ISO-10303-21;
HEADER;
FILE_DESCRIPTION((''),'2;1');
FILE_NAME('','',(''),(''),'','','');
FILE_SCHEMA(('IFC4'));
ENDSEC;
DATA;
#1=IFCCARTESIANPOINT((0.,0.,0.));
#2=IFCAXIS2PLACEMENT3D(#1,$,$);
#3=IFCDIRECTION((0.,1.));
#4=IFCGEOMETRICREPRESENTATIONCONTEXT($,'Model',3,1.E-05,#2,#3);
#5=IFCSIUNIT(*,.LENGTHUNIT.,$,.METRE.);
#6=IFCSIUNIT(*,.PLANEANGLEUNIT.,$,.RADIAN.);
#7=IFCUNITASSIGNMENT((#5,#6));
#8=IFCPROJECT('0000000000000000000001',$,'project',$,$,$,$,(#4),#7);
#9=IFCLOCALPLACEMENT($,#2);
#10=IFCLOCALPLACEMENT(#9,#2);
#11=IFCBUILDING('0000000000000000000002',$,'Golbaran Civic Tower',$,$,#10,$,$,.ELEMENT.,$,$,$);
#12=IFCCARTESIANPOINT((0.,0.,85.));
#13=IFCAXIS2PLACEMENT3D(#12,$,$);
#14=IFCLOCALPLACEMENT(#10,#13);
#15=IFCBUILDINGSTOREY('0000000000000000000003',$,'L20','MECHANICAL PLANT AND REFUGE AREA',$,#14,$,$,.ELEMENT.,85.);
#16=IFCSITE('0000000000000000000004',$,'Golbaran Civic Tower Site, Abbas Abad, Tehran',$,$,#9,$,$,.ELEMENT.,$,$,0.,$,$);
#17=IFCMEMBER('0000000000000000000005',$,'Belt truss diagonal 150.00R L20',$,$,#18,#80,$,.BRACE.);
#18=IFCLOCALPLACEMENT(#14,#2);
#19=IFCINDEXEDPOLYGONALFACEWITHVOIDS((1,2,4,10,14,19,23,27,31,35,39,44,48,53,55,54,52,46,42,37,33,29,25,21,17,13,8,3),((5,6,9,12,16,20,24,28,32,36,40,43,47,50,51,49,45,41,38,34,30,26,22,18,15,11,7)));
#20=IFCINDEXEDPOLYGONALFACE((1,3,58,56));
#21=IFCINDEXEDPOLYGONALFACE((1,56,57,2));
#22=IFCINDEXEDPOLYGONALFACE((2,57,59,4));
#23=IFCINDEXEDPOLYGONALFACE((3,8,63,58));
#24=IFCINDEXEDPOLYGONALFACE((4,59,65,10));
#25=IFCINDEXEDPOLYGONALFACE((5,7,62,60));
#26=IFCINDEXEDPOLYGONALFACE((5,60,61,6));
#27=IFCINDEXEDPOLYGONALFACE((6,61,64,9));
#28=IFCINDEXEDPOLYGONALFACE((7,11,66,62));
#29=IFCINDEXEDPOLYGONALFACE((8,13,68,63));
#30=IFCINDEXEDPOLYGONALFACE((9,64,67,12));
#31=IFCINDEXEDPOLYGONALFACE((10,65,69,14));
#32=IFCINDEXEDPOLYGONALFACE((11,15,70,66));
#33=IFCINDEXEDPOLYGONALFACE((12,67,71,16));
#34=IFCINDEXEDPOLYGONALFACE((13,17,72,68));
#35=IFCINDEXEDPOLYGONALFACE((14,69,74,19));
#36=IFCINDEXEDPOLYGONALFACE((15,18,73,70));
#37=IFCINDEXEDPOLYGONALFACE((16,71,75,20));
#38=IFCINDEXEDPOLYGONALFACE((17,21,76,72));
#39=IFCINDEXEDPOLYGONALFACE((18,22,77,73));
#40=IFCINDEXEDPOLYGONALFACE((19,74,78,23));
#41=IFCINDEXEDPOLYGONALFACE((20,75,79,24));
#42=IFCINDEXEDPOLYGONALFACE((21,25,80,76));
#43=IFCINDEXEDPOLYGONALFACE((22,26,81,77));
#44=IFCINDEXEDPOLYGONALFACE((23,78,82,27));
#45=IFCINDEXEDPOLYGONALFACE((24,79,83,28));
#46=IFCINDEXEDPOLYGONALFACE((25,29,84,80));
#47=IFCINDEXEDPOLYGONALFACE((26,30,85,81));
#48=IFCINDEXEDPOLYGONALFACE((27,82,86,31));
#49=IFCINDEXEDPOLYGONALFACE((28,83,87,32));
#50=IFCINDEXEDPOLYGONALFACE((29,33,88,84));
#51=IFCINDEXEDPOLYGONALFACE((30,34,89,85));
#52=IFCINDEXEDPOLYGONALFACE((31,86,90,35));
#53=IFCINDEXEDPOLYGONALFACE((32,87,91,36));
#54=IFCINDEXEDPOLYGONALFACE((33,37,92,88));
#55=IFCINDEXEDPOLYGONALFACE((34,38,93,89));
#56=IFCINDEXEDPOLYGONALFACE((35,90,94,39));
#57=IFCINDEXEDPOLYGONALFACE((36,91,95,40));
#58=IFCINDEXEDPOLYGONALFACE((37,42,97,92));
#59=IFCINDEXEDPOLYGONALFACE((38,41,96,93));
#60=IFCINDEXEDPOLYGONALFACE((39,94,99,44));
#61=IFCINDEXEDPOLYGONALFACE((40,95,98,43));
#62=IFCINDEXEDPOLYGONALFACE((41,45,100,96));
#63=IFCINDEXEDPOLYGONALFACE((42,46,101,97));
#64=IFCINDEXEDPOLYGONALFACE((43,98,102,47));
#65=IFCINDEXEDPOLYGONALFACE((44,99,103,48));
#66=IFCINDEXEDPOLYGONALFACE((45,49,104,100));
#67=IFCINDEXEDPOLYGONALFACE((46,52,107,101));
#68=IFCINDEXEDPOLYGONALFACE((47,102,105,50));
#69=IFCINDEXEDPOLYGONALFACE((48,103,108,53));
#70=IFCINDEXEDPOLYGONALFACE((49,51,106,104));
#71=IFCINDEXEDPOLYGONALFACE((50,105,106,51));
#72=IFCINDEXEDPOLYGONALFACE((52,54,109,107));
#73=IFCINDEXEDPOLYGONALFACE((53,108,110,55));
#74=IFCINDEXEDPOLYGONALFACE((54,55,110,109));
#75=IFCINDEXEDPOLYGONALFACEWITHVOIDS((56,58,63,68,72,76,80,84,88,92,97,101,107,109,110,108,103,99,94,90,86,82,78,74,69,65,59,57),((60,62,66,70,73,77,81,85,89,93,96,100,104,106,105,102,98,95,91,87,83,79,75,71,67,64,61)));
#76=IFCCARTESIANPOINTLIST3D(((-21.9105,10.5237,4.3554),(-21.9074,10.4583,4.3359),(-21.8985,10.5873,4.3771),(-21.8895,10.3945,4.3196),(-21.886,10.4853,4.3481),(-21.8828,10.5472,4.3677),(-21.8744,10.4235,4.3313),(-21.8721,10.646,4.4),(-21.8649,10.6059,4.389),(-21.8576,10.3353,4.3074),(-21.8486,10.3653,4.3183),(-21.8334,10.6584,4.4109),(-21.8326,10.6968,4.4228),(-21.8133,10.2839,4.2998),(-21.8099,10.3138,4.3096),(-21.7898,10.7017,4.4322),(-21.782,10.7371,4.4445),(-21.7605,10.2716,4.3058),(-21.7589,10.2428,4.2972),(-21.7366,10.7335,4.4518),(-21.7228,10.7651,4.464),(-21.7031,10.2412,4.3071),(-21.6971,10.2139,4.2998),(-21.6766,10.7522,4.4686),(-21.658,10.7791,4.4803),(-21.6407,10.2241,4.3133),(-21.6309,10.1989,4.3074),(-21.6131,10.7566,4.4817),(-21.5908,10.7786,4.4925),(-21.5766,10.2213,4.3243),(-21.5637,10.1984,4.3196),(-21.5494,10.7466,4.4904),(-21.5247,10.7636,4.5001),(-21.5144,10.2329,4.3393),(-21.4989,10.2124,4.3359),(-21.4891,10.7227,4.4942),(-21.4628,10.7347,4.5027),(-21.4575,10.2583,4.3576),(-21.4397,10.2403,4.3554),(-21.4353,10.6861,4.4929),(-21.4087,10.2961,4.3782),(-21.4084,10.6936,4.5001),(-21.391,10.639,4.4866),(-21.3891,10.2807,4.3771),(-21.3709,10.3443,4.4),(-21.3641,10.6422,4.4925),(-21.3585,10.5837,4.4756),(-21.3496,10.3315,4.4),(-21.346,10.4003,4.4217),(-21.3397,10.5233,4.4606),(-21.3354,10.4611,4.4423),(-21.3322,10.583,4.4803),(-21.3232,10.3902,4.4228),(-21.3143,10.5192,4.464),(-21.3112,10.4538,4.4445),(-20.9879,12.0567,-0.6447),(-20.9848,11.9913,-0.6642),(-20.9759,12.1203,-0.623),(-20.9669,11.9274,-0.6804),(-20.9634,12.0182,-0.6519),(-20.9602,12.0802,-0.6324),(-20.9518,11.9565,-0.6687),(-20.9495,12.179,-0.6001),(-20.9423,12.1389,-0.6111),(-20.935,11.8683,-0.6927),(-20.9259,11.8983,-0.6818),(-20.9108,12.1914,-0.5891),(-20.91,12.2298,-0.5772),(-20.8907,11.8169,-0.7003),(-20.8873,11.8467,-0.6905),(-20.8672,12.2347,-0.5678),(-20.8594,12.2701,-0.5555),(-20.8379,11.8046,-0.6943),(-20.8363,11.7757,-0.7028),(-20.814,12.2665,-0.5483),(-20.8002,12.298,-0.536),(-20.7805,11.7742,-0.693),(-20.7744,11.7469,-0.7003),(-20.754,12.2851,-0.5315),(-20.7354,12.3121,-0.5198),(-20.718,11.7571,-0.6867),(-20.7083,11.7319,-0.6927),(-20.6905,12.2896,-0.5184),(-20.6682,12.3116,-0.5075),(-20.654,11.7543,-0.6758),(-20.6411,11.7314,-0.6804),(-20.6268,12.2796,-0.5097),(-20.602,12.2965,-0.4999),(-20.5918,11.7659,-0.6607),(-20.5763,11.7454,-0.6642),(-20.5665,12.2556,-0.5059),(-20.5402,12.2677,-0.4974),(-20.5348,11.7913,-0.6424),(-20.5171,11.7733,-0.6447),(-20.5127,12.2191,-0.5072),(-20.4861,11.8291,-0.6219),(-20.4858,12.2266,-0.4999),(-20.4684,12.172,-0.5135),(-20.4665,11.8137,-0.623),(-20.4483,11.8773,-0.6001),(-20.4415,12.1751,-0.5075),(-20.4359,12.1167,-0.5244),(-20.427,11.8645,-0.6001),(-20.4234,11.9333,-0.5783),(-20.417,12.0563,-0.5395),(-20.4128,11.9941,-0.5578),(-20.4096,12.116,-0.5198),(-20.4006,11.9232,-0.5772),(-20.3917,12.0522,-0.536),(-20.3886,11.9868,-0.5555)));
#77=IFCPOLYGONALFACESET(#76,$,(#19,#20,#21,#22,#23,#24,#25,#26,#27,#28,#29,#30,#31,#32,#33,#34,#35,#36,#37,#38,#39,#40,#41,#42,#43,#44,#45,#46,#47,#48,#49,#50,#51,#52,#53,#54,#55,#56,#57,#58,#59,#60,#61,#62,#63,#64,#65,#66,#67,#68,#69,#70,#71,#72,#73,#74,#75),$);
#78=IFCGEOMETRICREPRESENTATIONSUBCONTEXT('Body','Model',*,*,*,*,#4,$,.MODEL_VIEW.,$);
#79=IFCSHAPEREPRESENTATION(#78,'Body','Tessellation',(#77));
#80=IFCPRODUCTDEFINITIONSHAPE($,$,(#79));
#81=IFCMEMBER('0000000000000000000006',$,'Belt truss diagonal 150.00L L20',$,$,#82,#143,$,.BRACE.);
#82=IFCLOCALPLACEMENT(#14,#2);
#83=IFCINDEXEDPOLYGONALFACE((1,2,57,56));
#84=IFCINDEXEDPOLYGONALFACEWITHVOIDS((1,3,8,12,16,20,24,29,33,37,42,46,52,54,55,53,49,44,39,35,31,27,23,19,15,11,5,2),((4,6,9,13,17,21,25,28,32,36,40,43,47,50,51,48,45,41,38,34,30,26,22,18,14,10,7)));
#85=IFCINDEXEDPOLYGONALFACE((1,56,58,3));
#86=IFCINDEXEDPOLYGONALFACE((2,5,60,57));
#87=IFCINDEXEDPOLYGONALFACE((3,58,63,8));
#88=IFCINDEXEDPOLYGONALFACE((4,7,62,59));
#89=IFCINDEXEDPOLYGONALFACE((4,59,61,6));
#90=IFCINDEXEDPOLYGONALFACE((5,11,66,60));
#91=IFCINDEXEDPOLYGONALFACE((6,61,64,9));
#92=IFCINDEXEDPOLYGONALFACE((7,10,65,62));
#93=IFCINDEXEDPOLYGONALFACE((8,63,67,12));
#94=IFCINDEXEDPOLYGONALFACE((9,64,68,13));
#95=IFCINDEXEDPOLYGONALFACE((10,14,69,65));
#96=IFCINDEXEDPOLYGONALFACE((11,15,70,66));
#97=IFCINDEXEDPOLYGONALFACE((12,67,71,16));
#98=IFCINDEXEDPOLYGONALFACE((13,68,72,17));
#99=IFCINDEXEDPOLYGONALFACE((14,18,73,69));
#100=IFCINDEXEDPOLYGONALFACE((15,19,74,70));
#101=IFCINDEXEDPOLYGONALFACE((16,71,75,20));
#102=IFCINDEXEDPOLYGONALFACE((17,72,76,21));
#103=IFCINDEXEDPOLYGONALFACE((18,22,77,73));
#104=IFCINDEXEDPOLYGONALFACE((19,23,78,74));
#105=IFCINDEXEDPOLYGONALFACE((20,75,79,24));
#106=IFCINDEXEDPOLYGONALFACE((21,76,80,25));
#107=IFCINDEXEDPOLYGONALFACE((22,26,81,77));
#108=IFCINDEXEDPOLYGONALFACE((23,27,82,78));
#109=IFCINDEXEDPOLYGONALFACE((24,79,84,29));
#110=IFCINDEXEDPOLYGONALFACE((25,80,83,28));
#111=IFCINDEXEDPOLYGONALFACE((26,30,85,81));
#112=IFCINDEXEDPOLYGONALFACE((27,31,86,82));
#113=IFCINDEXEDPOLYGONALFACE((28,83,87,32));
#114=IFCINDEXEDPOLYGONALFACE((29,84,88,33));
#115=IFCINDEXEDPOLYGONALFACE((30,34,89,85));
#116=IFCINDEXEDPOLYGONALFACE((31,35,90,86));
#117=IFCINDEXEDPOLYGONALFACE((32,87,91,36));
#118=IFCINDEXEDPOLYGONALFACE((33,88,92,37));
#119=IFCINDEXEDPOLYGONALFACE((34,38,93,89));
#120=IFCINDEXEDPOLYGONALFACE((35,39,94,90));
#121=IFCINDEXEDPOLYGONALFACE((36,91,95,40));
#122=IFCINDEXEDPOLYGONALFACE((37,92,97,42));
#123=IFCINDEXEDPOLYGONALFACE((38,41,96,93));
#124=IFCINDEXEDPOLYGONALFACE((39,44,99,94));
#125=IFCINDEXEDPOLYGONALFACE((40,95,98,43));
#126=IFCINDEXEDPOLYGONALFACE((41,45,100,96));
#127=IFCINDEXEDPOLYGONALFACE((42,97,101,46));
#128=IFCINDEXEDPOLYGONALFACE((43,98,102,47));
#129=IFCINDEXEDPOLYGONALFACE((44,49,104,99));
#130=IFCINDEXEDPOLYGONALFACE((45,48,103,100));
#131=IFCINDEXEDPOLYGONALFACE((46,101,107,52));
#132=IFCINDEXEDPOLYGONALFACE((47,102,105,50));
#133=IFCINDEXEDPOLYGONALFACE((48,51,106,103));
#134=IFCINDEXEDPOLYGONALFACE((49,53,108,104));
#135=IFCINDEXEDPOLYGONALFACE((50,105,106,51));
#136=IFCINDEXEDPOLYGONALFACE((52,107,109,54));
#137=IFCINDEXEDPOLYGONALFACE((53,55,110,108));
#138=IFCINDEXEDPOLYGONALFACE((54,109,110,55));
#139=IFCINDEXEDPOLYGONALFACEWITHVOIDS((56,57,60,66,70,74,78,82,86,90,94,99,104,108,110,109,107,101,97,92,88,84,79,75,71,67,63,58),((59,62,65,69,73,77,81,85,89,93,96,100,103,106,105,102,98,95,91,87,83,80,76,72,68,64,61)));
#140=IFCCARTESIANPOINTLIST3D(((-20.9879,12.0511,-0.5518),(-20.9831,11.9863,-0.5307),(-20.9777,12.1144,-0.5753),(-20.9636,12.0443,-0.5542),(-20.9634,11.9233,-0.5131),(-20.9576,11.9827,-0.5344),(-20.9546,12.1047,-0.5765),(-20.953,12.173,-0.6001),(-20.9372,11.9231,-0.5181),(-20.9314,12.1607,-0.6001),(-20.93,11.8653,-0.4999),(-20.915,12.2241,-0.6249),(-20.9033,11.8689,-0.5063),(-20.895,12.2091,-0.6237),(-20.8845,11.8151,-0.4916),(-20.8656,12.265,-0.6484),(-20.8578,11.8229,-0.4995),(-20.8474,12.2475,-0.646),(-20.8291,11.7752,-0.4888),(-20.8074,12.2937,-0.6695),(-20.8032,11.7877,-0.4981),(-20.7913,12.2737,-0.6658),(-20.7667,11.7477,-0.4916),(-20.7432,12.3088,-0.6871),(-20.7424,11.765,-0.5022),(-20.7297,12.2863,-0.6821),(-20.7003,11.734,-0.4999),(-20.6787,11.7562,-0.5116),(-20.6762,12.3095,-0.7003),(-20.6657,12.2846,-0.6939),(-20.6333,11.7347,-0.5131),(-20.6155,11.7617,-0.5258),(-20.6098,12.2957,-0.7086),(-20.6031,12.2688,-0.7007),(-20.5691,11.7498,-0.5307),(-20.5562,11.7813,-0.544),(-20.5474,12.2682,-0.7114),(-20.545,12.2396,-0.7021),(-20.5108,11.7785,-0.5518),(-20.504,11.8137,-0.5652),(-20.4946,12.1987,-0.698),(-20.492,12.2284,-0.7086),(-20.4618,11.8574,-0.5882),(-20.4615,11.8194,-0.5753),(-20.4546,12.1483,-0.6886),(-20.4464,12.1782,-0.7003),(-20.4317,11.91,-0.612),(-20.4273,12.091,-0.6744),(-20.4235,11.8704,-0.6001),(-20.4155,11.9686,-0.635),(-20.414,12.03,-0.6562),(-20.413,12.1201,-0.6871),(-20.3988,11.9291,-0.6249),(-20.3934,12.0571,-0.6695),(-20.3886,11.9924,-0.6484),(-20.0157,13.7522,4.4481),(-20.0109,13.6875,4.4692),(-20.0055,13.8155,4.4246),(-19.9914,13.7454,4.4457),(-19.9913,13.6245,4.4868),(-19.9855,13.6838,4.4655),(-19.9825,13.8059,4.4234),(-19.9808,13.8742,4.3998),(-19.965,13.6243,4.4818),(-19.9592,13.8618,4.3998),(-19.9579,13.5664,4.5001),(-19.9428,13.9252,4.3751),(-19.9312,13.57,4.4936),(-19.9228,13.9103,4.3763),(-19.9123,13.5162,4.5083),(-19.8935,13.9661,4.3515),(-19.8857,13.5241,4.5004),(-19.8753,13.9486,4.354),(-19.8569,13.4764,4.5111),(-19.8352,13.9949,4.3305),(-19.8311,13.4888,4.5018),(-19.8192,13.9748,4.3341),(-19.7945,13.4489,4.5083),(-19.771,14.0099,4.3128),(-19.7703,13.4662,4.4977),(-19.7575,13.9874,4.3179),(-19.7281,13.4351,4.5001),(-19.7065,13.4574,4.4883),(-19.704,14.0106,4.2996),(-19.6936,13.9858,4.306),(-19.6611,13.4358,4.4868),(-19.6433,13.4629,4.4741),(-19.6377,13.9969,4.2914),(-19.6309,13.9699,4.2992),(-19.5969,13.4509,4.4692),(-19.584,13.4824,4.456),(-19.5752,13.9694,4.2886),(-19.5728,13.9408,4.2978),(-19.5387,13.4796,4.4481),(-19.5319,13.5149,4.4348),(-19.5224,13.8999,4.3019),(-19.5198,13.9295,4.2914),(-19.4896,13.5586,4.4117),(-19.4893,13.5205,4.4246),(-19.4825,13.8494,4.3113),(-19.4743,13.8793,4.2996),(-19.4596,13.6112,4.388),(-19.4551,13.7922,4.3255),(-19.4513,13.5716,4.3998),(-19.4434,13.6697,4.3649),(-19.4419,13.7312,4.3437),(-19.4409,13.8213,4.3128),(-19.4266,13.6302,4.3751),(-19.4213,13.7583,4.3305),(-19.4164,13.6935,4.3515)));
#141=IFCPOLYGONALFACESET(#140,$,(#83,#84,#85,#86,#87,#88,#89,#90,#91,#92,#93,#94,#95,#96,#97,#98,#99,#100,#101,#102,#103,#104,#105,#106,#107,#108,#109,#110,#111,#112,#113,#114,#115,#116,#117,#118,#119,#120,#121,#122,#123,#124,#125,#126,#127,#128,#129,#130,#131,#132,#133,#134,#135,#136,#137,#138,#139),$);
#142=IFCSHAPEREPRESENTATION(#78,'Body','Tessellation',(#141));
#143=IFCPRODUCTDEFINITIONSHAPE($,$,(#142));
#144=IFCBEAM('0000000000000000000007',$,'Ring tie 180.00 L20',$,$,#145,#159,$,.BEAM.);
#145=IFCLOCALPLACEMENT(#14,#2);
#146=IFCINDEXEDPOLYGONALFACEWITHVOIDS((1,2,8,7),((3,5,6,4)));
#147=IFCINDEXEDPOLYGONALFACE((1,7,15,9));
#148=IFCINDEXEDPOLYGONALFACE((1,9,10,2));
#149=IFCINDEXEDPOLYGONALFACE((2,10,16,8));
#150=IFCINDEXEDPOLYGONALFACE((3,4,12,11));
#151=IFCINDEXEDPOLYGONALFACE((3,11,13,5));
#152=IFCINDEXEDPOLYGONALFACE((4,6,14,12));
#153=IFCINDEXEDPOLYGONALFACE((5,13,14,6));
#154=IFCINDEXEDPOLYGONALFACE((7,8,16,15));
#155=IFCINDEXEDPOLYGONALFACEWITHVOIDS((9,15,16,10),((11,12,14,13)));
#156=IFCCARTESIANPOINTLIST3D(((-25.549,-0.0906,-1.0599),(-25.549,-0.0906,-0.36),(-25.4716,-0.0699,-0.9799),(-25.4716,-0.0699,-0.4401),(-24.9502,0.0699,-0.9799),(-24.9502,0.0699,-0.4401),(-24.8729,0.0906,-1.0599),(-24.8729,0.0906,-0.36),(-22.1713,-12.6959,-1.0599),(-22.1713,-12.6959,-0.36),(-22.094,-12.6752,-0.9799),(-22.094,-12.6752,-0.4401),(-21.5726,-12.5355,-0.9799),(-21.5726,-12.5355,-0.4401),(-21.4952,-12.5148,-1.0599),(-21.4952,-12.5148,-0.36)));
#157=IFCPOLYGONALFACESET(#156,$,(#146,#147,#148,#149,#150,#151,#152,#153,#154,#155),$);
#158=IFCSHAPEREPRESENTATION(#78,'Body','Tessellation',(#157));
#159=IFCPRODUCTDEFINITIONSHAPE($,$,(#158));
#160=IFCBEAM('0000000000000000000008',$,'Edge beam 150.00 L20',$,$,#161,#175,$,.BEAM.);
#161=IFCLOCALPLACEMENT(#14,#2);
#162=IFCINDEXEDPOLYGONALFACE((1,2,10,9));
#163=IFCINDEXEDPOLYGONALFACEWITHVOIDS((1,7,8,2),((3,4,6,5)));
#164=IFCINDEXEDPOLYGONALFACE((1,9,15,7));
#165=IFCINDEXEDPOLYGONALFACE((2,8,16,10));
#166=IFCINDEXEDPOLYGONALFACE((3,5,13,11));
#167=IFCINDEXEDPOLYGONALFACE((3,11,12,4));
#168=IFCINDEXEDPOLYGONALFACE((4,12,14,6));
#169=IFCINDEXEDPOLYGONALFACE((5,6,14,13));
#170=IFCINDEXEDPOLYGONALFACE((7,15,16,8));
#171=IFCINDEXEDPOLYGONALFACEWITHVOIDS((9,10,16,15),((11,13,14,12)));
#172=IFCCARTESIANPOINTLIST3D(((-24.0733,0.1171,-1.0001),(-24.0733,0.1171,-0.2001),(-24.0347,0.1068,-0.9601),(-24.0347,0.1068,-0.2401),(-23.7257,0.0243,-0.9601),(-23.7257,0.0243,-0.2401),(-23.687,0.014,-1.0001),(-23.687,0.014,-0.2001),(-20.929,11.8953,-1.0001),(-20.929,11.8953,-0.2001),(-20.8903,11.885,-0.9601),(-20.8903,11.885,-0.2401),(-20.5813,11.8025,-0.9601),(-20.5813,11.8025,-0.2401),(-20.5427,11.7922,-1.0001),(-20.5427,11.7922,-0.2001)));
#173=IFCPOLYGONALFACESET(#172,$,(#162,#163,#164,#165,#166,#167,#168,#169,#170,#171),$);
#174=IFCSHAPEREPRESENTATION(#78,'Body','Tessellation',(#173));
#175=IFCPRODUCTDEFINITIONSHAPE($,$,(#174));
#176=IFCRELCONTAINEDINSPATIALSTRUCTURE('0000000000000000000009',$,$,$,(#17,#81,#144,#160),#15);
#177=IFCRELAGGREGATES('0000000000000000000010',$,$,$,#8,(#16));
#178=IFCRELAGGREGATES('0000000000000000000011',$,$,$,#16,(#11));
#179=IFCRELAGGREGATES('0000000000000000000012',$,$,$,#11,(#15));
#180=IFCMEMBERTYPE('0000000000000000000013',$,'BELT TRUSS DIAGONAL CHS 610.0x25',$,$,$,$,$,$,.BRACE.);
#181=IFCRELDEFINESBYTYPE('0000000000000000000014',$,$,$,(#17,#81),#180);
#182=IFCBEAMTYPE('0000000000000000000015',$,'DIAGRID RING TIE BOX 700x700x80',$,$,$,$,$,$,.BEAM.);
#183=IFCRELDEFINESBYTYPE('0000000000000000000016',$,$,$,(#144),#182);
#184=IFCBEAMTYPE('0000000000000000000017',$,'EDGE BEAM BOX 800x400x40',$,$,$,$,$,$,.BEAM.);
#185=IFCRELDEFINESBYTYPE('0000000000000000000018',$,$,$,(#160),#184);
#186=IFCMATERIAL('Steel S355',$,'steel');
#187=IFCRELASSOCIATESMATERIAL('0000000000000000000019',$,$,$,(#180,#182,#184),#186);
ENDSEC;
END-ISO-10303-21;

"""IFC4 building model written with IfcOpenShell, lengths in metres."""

from ifc_helpers import new_model, si_unit, direction, frame, origin, origin_2d, place, context, subcontext, project, spatial, hollow_rectangle, hollow_circle, extrude, material, material_profile, profile_set, type_object, element, save


model = new_model("IFC4")

# Units and contexts
model_context = context("Model", 3, precision=1e-05, world=origin(), true_north=direction((0.0, 1.0)))
body_context = subcontext(model_context, "Body", "Model", "MODEL_VIEW")
ifc_project = project(units=[si_unit("LENGTHUNIT", "METRE"), si_unit("PLANEANGLEUNIT", "RADIAN")], contexts=[model_context])

# Site, building, storey
site_placement = place(None, origin())
site = spatial("IfcSite", under=ifc_project, at=site_placement, Name="Golbaran Civic Tower Site, Abbas Abad, Tehran", CompositionType="ELEMENT", RefElevation=0.0)
building_placement = place(site_placement, origin())
building = spatial("IfcBuilding", under=site, at=building_placement, Name="Golbaran Civic Tower", CompositionType="ELEMENT")
storey_placement = place(building_placement, frame((0.0, 0.0, 85.0)))
storey = spatial("IfcBuildingStorey", under=building, at=storey_placement, Name="L20", Description="MECHANICAL PLANT AND REFUGE AREA", CompositionType="ELEMENT", Elevation=85.0)

# Members
ifc_material_1 = material(Name="Steel S355", Category="steel")
ifc_material_profile_1 = material_profile(ifc_material_1, hollow_circle(Radius=0.3049, WallThickness=0.0249, at=origin_2d()), Name="CHS 610.0x25")
ifc_profile_set_1 = profile_set([ifc_material_profile_1], Name="Steel S355")
member_type_1 = type_object("IfcMemberType", Name="BELT TRUSS DIAGONAL CHS 610.0x25", PredefinedType="BRACE", material=ifc_profile_set_1)
member_1_placement = place(storey_placement, frame((-20.6882, 12.0217, -0.6001), z_axis=(-0.173733, -0.288667, 0.941535), x_axis=(0.856794, -0.515659, 0.0)))
element("IfcMember", 1, at=member_1_placement, inside=storey, type_object=member_type_1, Name="Belt truss diagonal 150.00R L20", PredefinedType="BRACE", context=body_context, shape_type="SweptSolid", body=[
    extrude(hollow_circle(Radius=0.3049, WallThickness=0.0249, at=origin_2d()), origin(), (0.0, 0.0, 1.0), 5.3105),
])
member_2_placement = place(storey_placement, frame((-20.6882, 12.0217, -0.6001), z_axis=(0.18103, 0.31678, 0.931063), x_axis=(-0.868228, 0.496166, 0.0)))
element("IfcMember", 2, at=member_2_placement, inside=storey, type_object=member_type_1, Name="Belt truss diagonal 150.00L L20", PredefinedType="BRACE", context=body_context, shape_type="SweptSolid", body=[
    extrude(hollow_circle(Radius=0.3049, WallThickness=0.0249, at=origin_2d()), origin(), (0.0, 0.0, 1.0), 5.3701),
])

# Beams
ifc_material_profile_2 = material_profile(ifc_material_1, hollow_rectangle(XDim=0.7, YDim=0.7, WallThickness=0.0801, at=origin_2d()), Name="BOX 700x700x80")
ifc_profile_set_2 = profile_set([ifc_material_profile_2], Name="Steel S355")
beam_type_1 = type_object("IfcBeamType", Name="DIAGRID RING TIE BOX 700x700x80", PredefinedType="BEAM", material=ifc_profile_set_2)
beam_1_placement = place(storey_placement, frame((-25.2109, 0.0, -0.71), z_axis=(0.258823, -0.965925, 0.0), x_axis=(0.965925, 0.258823, 0.0)))
element("IfcBeam", 3, at=beam_1_placement, inside=storey, type_object=beam_type_1, Name="Ring tie 180.00 L20", PredefinedType="BEAM", context=body_context, shape_type="SweptSolid", body=[
    extrude(hollow_rectangle(XDim=0.7, YDim=0.7, WallThickness=0.0801, at=origin_2d()), origin(), (0.0, 0.0, 1.0), 13.05),
])
ifc_material_profile_3 = material_profile(ifc_material_1, hollow_rectangle(XDim=0.3999, YDim=0.8, WallThickness=0.04, at=origin_2d()), Name="BOX 800x400x40")
ifc_profile_set_3 = profile_set([ifc_material_profile_3], Name="Steel S355")
beam_type_2 = type_object("IfcBeamType", Name="EDGE BEAM BOX 800x400x40", PredefinedType="BEAM", material=ifc_profile_set_3)
beam_2_placement = place(storey_placement, frame((-20.7358, 11.8438, -0.6001), z_axis=(-0.257928, -0.966164, 0.0), x_axis=(0.966164, -0.257928, 0.0)))
element("IfcBeam", 4, at=beam_2_placement, inside=storey, type_object=beam_type_2, Name="Edge beam 150.00 L20", PredefinedType="BEAM", context=body_context, shape_type="SweptSolid", body=[
    extrude(hollow_rectangle(XDim=0.3999, YDim=0.8, WallThickness=0.04, at=origin_2d()), origin(), (0.0, 0.0, 1.0), 12.1907),
])

save(model, "model.ifc")
